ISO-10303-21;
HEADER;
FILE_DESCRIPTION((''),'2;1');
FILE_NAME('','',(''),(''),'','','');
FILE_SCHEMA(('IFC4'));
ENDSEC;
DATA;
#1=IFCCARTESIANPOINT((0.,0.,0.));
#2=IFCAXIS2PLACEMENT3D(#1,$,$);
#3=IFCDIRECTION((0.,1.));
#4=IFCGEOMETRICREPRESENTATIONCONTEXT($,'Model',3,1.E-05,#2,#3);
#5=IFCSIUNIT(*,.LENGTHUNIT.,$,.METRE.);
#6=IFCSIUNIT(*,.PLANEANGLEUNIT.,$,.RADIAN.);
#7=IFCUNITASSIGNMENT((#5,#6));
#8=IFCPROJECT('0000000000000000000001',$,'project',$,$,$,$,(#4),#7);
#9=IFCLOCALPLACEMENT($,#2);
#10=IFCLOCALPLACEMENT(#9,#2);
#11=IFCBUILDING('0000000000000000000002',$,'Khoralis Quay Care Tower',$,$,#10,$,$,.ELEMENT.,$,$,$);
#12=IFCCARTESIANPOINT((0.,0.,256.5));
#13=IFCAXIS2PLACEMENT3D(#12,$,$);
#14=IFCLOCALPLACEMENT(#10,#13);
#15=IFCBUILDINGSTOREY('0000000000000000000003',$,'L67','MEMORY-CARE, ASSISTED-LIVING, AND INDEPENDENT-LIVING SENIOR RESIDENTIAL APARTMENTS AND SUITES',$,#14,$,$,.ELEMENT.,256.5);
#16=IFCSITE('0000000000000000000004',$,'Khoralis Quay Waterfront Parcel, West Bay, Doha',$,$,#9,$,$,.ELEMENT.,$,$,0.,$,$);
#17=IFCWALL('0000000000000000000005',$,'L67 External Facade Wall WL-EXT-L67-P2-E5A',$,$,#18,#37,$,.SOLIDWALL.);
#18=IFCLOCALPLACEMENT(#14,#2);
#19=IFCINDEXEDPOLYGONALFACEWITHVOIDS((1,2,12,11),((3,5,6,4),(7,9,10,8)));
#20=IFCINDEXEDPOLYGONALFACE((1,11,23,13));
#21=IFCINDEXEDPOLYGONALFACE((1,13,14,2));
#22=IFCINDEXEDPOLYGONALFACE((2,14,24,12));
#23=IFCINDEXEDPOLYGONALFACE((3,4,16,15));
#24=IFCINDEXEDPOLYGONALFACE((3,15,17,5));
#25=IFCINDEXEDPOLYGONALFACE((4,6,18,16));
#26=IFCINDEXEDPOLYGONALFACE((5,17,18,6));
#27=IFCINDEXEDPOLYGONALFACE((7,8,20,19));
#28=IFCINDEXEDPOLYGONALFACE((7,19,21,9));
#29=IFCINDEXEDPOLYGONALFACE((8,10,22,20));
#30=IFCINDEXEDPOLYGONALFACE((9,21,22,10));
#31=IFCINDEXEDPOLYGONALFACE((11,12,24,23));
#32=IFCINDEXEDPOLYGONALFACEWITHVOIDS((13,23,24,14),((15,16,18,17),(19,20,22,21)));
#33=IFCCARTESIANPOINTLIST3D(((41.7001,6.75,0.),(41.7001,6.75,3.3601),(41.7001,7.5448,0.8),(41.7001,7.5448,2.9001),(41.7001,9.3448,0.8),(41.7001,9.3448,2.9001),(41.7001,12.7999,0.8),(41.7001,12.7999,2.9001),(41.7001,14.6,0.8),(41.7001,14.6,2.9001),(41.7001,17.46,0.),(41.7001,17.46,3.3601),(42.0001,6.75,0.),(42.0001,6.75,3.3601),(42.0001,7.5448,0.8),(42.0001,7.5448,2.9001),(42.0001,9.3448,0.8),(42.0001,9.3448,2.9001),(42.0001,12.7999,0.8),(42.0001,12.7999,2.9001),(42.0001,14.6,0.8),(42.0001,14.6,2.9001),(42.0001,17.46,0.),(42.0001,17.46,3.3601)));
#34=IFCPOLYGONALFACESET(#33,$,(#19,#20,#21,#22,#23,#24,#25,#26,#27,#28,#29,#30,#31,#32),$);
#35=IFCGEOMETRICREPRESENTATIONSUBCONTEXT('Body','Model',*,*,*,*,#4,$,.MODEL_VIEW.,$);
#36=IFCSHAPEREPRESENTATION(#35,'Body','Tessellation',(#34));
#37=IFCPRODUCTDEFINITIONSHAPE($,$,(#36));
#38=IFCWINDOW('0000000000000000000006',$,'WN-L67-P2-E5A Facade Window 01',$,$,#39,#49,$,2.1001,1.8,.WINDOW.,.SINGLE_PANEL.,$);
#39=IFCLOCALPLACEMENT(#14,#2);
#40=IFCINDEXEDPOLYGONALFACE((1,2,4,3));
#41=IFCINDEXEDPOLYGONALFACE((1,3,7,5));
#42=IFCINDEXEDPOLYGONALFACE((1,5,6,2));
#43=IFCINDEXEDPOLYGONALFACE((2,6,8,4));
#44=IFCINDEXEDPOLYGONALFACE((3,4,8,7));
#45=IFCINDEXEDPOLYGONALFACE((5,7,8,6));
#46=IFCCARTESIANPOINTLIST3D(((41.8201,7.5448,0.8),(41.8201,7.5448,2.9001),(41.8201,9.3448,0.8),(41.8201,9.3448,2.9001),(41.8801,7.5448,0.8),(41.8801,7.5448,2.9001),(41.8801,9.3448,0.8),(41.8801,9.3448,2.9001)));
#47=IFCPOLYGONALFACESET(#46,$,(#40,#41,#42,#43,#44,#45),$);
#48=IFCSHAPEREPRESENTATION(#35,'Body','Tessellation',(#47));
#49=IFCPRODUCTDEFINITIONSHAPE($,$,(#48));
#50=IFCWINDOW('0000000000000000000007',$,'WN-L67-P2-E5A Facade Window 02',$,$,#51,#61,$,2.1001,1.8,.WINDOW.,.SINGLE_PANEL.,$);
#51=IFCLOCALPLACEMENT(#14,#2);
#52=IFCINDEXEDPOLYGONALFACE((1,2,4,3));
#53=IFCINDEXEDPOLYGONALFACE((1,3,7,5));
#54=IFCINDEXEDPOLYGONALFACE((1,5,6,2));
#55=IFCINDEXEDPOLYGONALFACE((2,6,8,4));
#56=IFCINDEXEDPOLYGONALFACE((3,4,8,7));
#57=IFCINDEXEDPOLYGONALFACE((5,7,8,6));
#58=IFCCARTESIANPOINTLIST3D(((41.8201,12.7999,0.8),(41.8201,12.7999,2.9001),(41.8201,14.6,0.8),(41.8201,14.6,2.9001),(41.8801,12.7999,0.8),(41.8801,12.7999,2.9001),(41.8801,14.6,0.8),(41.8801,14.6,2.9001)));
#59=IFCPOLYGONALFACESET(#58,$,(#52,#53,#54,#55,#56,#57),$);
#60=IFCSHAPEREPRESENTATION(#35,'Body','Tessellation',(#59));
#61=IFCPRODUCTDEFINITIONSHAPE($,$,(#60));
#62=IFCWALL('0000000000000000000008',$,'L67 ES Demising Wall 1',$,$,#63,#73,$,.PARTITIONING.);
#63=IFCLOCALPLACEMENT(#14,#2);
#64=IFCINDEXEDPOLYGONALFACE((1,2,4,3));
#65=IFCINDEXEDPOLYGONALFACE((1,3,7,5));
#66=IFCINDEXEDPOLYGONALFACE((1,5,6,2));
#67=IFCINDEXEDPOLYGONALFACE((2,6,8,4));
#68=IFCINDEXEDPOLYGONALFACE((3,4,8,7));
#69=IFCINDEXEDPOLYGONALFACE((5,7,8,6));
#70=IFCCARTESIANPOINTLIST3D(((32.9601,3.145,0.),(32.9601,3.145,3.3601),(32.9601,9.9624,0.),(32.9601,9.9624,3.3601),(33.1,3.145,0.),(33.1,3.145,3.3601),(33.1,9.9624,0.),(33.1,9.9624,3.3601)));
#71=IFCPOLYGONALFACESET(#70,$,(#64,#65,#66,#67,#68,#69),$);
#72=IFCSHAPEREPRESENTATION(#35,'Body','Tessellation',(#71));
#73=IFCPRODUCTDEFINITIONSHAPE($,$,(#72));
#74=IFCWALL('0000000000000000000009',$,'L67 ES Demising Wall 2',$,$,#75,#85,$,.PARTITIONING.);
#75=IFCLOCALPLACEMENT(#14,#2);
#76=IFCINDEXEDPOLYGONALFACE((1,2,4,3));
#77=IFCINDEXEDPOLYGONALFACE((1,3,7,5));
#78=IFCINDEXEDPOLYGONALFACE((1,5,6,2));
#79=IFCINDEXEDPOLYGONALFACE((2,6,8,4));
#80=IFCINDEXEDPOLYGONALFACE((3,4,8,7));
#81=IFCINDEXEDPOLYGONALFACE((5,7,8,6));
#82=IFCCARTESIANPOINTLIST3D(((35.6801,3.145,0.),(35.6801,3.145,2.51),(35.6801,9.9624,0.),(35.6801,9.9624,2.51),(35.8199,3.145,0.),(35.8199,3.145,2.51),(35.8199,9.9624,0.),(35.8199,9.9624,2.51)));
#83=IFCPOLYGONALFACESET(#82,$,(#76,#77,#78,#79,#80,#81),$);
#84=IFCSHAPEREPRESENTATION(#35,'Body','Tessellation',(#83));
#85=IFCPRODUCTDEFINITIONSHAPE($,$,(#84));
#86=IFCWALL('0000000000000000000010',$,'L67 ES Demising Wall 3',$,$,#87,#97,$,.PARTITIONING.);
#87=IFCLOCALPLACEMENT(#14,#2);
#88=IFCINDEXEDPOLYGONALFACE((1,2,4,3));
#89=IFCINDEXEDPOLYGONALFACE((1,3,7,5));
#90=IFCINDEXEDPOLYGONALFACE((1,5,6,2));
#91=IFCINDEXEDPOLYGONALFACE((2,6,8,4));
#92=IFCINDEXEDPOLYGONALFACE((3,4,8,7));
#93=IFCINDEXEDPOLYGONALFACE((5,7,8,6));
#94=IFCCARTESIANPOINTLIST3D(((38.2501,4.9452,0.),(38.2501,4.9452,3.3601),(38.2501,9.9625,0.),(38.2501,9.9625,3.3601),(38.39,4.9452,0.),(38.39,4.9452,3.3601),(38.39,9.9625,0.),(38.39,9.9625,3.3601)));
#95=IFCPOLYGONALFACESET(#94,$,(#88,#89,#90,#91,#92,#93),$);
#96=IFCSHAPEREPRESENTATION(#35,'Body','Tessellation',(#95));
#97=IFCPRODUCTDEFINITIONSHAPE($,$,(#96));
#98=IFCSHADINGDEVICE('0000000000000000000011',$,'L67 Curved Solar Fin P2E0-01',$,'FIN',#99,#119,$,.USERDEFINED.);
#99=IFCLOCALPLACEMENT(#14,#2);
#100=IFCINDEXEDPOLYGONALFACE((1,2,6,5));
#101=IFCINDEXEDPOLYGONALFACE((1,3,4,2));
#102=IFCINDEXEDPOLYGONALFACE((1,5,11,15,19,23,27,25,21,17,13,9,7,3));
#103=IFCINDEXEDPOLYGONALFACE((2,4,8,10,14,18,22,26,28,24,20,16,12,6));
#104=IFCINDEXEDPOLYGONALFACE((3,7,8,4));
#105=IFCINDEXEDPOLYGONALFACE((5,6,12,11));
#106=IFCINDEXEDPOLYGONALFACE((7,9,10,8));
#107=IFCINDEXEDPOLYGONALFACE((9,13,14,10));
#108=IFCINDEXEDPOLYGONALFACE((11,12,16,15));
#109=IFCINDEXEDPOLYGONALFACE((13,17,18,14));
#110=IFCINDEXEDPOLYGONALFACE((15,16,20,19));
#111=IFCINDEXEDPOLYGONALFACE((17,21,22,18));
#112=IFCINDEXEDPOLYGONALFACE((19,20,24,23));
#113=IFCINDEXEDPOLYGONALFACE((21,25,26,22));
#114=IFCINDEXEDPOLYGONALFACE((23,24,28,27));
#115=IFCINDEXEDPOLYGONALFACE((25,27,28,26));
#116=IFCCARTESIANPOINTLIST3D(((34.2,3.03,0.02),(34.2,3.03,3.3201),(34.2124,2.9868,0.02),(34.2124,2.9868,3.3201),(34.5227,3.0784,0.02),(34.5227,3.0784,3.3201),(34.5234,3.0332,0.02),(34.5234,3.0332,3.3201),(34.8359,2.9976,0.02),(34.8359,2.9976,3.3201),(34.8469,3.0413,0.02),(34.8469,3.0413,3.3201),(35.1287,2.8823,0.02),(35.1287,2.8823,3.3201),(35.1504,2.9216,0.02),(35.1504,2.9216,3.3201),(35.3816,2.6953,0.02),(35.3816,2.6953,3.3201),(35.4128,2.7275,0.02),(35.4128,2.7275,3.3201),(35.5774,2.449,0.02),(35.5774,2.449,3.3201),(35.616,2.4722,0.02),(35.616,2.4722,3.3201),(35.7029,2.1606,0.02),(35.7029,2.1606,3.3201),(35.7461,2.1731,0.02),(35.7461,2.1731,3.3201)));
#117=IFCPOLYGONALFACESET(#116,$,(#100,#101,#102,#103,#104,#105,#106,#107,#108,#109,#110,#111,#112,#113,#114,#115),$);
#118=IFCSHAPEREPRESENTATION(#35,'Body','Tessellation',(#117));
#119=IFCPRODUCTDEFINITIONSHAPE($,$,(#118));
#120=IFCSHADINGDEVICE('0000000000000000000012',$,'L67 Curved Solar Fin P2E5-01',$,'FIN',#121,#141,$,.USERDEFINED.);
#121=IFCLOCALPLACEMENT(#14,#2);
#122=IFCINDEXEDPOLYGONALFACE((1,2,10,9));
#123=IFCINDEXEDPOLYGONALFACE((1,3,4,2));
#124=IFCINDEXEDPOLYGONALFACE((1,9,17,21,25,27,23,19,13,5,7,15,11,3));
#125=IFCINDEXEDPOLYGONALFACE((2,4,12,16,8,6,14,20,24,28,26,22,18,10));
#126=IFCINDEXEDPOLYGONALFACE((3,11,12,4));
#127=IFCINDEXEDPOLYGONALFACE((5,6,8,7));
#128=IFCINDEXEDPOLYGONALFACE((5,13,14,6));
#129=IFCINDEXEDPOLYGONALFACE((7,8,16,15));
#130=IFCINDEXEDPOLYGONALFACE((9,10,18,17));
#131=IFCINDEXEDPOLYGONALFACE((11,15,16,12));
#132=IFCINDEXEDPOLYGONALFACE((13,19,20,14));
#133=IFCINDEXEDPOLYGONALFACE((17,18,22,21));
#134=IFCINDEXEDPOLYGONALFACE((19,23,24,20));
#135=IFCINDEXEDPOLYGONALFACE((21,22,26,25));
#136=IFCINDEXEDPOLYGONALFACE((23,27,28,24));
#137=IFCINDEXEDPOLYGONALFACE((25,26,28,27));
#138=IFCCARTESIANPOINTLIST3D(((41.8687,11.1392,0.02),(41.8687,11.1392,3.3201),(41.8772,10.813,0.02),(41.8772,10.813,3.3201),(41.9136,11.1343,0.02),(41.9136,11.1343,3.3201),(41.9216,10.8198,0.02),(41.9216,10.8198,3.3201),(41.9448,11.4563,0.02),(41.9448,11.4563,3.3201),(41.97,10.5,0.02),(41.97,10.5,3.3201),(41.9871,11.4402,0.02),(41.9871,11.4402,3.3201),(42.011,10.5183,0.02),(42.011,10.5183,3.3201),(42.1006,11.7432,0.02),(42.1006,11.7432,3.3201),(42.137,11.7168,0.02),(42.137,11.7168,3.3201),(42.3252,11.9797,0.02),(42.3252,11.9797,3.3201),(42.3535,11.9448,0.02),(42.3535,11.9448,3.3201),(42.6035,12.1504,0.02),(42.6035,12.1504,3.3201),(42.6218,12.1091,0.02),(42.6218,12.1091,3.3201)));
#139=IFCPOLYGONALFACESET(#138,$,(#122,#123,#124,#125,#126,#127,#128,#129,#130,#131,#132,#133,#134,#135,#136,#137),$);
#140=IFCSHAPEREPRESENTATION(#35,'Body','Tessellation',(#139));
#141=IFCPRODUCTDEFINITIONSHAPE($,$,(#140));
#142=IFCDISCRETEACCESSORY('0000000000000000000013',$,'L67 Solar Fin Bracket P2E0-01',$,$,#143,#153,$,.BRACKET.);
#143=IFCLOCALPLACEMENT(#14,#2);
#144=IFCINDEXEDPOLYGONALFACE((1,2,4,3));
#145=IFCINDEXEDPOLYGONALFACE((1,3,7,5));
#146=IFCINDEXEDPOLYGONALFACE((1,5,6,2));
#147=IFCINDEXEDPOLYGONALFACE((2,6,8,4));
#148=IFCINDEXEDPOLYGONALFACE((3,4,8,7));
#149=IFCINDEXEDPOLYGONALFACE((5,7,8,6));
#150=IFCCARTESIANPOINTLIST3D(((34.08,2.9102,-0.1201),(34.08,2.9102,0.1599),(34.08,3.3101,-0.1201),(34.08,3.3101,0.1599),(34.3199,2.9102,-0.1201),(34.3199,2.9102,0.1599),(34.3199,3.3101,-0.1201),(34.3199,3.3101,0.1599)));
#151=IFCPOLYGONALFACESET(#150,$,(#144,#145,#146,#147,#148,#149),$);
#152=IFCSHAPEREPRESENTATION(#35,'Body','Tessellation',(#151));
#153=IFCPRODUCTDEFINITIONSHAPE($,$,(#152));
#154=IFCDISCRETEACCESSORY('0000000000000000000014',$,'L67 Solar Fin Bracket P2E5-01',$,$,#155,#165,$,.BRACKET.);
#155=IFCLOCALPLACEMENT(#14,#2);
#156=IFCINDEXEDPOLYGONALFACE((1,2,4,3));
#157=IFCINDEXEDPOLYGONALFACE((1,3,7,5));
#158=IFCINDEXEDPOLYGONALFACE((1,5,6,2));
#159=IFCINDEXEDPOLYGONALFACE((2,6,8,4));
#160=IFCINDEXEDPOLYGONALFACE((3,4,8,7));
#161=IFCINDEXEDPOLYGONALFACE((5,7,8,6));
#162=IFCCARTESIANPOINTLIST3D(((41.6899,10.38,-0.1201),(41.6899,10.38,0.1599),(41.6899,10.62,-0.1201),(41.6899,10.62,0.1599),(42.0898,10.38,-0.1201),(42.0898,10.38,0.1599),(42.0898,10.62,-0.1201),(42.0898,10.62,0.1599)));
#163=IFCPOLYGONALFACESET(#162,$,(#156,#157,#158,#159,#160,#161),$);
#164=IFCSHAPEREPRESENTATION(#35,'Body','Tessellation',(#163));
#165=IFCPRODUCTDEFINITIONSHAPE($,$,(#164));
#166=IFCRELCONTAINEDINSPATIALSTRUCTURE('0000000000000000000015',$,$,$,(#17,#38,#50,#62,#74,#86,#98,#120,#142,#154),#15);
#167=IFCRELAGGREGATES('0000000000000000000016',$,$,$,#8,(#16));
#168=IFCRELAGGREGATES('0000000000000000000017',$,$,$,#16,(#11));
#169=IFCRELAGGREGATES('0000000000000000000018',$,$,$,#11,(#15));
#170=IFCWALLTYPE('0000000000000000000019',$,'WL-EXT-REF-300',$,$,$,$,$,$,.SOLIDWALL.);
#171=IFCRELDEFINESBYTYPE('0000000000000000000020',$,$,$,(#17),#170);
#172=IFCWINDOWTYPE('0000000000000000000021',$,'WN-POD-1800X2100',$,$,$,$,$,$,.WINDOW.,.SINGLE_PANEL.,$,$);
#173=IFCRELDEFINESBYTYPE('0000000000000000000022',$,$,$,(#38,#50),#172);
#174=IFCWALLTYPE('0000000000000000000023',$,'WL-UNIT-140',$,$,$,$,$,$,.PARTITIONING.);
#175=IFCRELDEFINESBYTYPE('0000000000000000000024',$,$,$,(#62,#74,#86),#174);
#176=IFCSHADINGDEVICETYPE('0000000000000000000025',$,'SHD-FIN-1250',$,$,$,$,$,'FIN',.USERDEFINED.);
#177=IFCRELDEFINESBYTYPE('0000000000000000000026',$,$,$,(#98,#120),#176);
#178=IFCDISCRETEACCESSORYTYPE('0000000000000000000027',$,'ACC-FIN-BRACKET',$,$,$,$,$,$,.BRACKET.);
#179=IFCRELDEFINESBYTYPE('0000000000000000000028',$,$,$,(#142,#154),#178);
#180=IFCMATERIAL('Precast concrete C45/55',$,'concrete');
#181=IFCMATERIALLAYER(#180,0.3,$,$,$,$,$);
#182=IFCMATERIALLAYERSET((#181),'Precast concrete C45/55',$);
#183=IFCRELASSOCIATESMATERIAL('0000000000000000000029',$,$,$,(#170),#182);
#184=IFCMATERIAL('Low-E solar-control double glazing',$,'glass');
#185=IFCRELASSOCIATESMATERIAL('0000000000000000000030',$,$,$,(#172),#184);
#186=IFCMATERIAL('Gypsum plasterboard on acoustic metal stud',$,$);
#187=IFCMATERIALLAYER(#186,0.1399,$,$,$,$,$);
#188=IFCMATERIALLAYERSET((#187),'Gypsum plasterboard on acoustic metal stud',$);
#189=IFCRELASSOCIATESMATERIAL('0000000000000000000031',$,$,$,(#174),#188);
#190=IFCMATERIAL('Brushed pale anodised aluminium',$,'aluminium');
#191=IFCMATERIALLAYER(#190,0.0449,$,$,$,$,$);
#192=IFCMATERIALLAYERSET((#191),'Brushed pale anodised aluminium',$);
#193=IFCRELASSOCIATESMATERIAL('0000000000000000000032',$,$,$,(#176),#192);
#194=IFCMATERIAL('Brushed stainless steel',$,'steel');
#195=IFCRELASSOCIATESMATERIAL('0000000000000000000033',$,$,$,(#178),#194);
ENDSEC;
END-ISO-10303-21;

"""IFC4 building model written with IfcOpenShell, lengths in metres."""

from ifc_helpers import new_model, si_unit, direction, frame, frame_2d, origin, origin_2d, place, context, subcontext, project, spatial, polyline, rectangle, outline, extrude, source, transform, mapped, material, layer, layer_set, type_object, element, fill, save


model = new_model("IFC4")

# Units and contexts
model_context = context("Model", 3, precision=1e-05, world=origin(), true_north=direction((0.0, 1.0)))
body_context = subcontext(model_context, "Body", "Model", "MODEL_VIEW")
ifc_project = project(units=[si_unit("LENGTHUNIT", "METRE"), si_unit("PLANEANGLEUNIT", "RADIAN")], contexts=[model_context])

# Site, building, storey
site_placement = place(None, origin())
site = spatial("IfcSite", under=ifc_project, at=site_placement, Name="Khoralis Quay Waterfront Parcel, West Bay, Doha", CompositionType="ELEMENT", RefElevation=0.0)
building_placement = place(site_placement, origin())
building = spatial("IfcBuilding", under=site, at=building_placement, Name="Khoralis Quay Care Tower", CompositionType="ELEMENT")
storey_placement = place(building_placement, frame((0.0, 0.0, 256.5)))
storey = spatial("IfcBuildingStorey", under=building, at=storey_placement, Name="L67", Description="MEMORY-CARE, ASSISTED-LIVING, AND INDEPENDENT-LIVING SENIOR RESIDENTIAL APARTMENTS AND SUITES", CompositionType="ELEMENT", Elevation=256.5)

# Shared definitions
ifc_material_1 = material(Name="Gypsum plasterboard on acoustic metal stud")

# Shared definitions
ifc_material_2 = material(Name="Precast concrete C45/55", Category="concrete")
ifc_layer_1 = layer(ifc_material_2, 0.3)
ifc_layer_set_1 = layer_set([ifc_layer_1], Name="Precast concrete C45/55")
wall_type_1 = type_object("IfcWallType", Name="WL-EXT-REF-300", PredefinedType="SOLIDWALL", material=ifc_layer_set_1)

# Wall, openings, windows
wall_1_placement = place(storey_placement, frame((41.8501, 6.75, 0.0), z_axis=(0.0, 0.0, 1.0), x_axis=(0.0, 1.0, 0.0)))
wall_1 = element("IfcWall", 1, at=wall_1_placement, inside=storey, type_object=wall_type_1, Name="L67 External Facade Wall WL-EXT-L67-P2-E5A", PredefinedType="SOLIDWALL", context=body_context, shape_type="SweptSolid", body=[
    extrude(rectangle(XDim=10.71, YDim=0.3, at=frame_2d((5.355, 0.0))), origin(), (0.0, 0.0, 1.0), 3.3601),
])
opening_1_placement = place(wall_1_placement, frame((0.7949, 0.0, 0.8)))
opening_1 = element("IfcOpeningElement", 2, at=opening_1_placement, cuts=wall_1, PredefinedType="OPENING", context=body_context, shape_type="SweptSolid", body=[
    extrude(rectangle(XDim=1.8, YDim=2.1001, at=frame_2d((0.8999, 1.05))), frame((0.0, 0.1602, 0.0), z_axis=(0.0, -1.0, 0.0), x_axis=(1.0, 0.0, 0.0)), (0.0, 0.0, 1.0), 0.3201),
])
opening_2_placement = place(wall_1_placement, frame((6.05, 0.0, 0.8)))
opening_2 = element("IfcOpeningElement", 3, at=opening_2_placement, cuts=wall_1, PredefinedType="OPENING", context=body_context, shape_type="SweptSolid", body=[
    extrude(rectangle(XDim=1.8, YDim=2.1001, at=frame_2d((0.8999, 1.05))), frame((0.0, 0.1602, 0.0), z_axis=(0.0, -1.0, 0.0), x_axis=(1.0, 0.0, 0.0)), (0.0, 0.0, 1.0), 0.3201),
])
ifc_material_3 = material(Name="Low-E solar-control double glazing", Category="glass")
window_type = type_object("IfcWindowType", Name="WN-POD-1800X2100", PartitioningType="SINGLE_PANEL", PredefinedType="WINDOW", material=ifc_material_3)
shared_shape_1 = source(origin(), body_context, "Body", "SweptSolid", [
    extrude(rectangle(XDim=1.8, YDim=2.1001, at=frame_2d((0.8999, 1.05))), frame((0.0, 0.03, 0.0), z_axis=(0.0, -1.0, 0.0), x_axis=(1.0, 0.0, 0.0)), (0.0, 0.0, 1.0), 0.0601),
])
window_1_placement = place(opening_1_placement, origin())
window_1 = element("IfcWindow", 4, at=window_1_placement, inside=storey, type_object=window_type, Name="WN-L67-P2-E5A Facade Window 01", OverallHeight=2.1001, OverallWidth=1.8, PartitioningType="SINGLE_PANEL", PredefinedType="WINDOW", context=body_context, shape_type="MappedRepresentation", body=[
    mapped(shared_shape_1, transform((0.0, 0.0, 0.0), scale=1.0)),
])
fill(opening_1, window_1)
window_2_placement = place(opening_2_placement, origin())
window_2 = element("IfcWindow", 5, at=window_2_placement, inside=storey, type_object=window_type, Name="WN-L67-P2-E5A Facade Window 02", OverallHeight=2.1001, OverallWidth=1.8, PartitioningType="SINGLE_PANEL", PredefinedType="WINDOW", context=body_context, shape_type="MappedRepresentation", body=[
    mapped(shared_shape_1, transform((0.0, 0.0, 0.0), scale=1.0)),
])
fill(opening_2, window_2)

# Walls
ifc_layer_2 = layer(ifc_material_1, 0.1399)
ifc_layer_set_2 = layer_set([ifc_layer_2], Name="Gypsum plasterboard on acoustic metal stud")
wall_type_2 = type_object("IfcWallType", Name="WL-UNIT-140", PredefinedType="PARTITIONING", material=ifc_layer_set_2)
wall_2_placement = place(storey_placement, frame((33.03, 3.145, 0.0), z_axis=(0.0, 0.0, 1.0), x_axis=(0.0, 1.0, 0.0)))
element("IfcWall", 6, at=wall_2_placement, inside=storey, type_object=wall_type_2, Name="L67 ES Demising Wall 1", PredefinedType="PARTITIONING", context=body_context, shape_type="SweptSolid", body=[
    extrude(rectangle(XDim=6.8174, YDim=0.1399, at=frame_2d((3.4087, 0.0))), origin(), (0.0, 0.0, 1.0), 3.3601),
])
wall_3_placement = place(storey_placement, frame((35.75, 3.145, 0.0), z_axis=(0.0, 0.0, 1.0), x_axis=(0.0, 1.0, 0.0)))
element("IfcWall", 7, at=wall_3_placement, inside=storey, type_object=wall_type_2, Name="L67 ES Demising Wall 2", PredefinedType="PARTITIONING", context=body_context, shape_type="SweptSolid", body=[
    extrude(rectangle(XDim=6.8174, YDim=0.1399, at=frame_2d((3.4087, 0.0))), origin(), (0.0, 0.0, 1.0), 2.51),
])
wall_4_placement = place(storey_placement, frame((38.3201, 4.9451, 0.0), z_axis=(0.0, 0.0, 1.0), x_axis=(0.0, 1.0, 0.0)))
element("IfcWall", 8, at=wall_4_placement, inside=storey, type_object=wall_type_2, Name="L67 ES Demising Wall 3", PredefinedType="PARTITIONING", context=body_context, shape_type="SweptSolid", body=[
    extrude(rectangle(XDim=5.0173, YDim=0.1399, at=frame_2d((2.5088, 0.0))), origin(), (0.0, 0.0, 1.0), 3.3601),
])

# Shading devices
ifc_material_4 = material(Name="Brushed pale anodised aluminium", Category="aluminium")
ifc_layer_3 = layer(ifc_material_4, 0.0449)
ifc_layer_set_3 = layer_set([ifc_layer_3], Name="Brushed pale anodised aluminium")
shading_device_type = type_object("IfcShadingDeviceType", Name="SHD-FIN-1250", ElementType="FIN", PredefinedType="USERDEFINED", material=ifc_layer_set_3)
shared_shape_2 = source(origin(), body_context, "Body", "SweptSolid", [
    extrude(outline(polyline([(0.0, 0.0), (-0.0483, 0.3228), (-0.0112, 0.647), (0.1084, 0.9504), (0.3025, 1.2129), (0.5579, 1.416), (0.8569, 1.5461), (0.8694, 1.5029), (0.5811, 1.3774), (0.3347, 1.1816), (0.1477, 0.9287), (0.0325, 0.636), (-0.0032, 0.3235), (0.0432, 0.0125), (0.0, 0.0)])), origin(), (0.0, 0.0, 1.0), 3.3),
])
shading_device_1_placement = place(storey_placement, frame((34.2, 3.03, 0.02), z_axis=(0.0, 0.0, 1.0), x_axis=(0.0, -1.0, 0.0)))
element("IfcShadingDevice", 9, at=shading_device_1_placement, inside=storey, type_object=shading_device_type, Name="L67 Curved Solar Fin P2E0-01", ObjectType="FIN", PredefinedType="USERDEFINED", context=body_context, shape_type="MappedRepresentation", body=[
    mapped(shared_shape_2, transform((0.0, 0.0, 0.0), scale=1.0)),
])
shared_shape_3 = source(origin(), body_context, "Body", "SweptSolid", [
    extrude(outline(polyline([(0.0, 0.0), (-0.0928, 0.313), (-0.1013, 0.6392), (-0.0251, 0.9563), (0.1306, 1.2432), (0.3552, 1.4797), (0.6335, 1.6504), (0.6519, 1.6091), (0.3835, 1.4448), (0.167, 1.2168), (0.0171, 0.9402), (-0.0564, 0.6343), (-0.0483, 0.3198), (0.041, 0.0183), (0.0, 0.0)])), origin(), (0.0, 0.0, 1.0), 3.3),
])
shading_device_2_placement = place(storey_placement, frame((41.97, 10.5, 0.02), z_axis=(0.0, 0.0, 1.0), x_axis=(1.0, 0.0, 0.0)))
element("IfcShadingDevice", 10, at=shading_device_2_placement, inside=storey, type_object=shading_device_type, Name="L67 Curved Solar Fin P2E5-01", ObjectType="FIN", PredefinedType="USERDEFINED", context=body_context, shape_type="MappedRepresentation", body=[
    mapped(shared_shape_3, transform((0.0, 0.0, 0.0), scale=1.0)),
])

# Discrete accessories
ifc_material_5 = material(Name="Brushed stainless steel", Category="steel")
discrete_accessory_type = type_object("IfcDiscreteAccessoryType", Name="ACC-FIN-BRACKET", PredefinedType="BRACKET", material=ifc_material_5)
shared_shape_4 = source(origin(), body_context, "Body", "SweptSolid", [
    extrude(rectangle(XDim=0.3999, YDim=0.24, at=origin_2d()), origin(), (0.0, 0.0, 1.0), 0.28),
])
for number, where, z_axis, x_axis, name in (
    (11, (34.2, 3.1101, -0.1201), (0.0, 0.0, 1.0), (0.0, -1.0, 0.0), "L67 Solar Fin Bracket P2E0-01"),
    (12, (41.8899, 10.5, -0.1201), (0.0, 0.0, 1.0), (1.0, 0.0, 0.0), "L67 Solar Fin Bracket P2E5-01"),
):
    element("IfcDiscreteAccessory", number, at=place(storey_placement, frame(where, z_axis=z_axis, x_axis=x_axis)), inside=storey, type_object=discrete_accessory_type, Name=name, PredefinedType="BRACKET", context=body_context, shape_type="MappedRepresentation", body=[
        mapped(shared_shape_4, transform((0.0, 0.0, 0.0), scale=1.0)),
    ])

save(model, "model.ifc")
